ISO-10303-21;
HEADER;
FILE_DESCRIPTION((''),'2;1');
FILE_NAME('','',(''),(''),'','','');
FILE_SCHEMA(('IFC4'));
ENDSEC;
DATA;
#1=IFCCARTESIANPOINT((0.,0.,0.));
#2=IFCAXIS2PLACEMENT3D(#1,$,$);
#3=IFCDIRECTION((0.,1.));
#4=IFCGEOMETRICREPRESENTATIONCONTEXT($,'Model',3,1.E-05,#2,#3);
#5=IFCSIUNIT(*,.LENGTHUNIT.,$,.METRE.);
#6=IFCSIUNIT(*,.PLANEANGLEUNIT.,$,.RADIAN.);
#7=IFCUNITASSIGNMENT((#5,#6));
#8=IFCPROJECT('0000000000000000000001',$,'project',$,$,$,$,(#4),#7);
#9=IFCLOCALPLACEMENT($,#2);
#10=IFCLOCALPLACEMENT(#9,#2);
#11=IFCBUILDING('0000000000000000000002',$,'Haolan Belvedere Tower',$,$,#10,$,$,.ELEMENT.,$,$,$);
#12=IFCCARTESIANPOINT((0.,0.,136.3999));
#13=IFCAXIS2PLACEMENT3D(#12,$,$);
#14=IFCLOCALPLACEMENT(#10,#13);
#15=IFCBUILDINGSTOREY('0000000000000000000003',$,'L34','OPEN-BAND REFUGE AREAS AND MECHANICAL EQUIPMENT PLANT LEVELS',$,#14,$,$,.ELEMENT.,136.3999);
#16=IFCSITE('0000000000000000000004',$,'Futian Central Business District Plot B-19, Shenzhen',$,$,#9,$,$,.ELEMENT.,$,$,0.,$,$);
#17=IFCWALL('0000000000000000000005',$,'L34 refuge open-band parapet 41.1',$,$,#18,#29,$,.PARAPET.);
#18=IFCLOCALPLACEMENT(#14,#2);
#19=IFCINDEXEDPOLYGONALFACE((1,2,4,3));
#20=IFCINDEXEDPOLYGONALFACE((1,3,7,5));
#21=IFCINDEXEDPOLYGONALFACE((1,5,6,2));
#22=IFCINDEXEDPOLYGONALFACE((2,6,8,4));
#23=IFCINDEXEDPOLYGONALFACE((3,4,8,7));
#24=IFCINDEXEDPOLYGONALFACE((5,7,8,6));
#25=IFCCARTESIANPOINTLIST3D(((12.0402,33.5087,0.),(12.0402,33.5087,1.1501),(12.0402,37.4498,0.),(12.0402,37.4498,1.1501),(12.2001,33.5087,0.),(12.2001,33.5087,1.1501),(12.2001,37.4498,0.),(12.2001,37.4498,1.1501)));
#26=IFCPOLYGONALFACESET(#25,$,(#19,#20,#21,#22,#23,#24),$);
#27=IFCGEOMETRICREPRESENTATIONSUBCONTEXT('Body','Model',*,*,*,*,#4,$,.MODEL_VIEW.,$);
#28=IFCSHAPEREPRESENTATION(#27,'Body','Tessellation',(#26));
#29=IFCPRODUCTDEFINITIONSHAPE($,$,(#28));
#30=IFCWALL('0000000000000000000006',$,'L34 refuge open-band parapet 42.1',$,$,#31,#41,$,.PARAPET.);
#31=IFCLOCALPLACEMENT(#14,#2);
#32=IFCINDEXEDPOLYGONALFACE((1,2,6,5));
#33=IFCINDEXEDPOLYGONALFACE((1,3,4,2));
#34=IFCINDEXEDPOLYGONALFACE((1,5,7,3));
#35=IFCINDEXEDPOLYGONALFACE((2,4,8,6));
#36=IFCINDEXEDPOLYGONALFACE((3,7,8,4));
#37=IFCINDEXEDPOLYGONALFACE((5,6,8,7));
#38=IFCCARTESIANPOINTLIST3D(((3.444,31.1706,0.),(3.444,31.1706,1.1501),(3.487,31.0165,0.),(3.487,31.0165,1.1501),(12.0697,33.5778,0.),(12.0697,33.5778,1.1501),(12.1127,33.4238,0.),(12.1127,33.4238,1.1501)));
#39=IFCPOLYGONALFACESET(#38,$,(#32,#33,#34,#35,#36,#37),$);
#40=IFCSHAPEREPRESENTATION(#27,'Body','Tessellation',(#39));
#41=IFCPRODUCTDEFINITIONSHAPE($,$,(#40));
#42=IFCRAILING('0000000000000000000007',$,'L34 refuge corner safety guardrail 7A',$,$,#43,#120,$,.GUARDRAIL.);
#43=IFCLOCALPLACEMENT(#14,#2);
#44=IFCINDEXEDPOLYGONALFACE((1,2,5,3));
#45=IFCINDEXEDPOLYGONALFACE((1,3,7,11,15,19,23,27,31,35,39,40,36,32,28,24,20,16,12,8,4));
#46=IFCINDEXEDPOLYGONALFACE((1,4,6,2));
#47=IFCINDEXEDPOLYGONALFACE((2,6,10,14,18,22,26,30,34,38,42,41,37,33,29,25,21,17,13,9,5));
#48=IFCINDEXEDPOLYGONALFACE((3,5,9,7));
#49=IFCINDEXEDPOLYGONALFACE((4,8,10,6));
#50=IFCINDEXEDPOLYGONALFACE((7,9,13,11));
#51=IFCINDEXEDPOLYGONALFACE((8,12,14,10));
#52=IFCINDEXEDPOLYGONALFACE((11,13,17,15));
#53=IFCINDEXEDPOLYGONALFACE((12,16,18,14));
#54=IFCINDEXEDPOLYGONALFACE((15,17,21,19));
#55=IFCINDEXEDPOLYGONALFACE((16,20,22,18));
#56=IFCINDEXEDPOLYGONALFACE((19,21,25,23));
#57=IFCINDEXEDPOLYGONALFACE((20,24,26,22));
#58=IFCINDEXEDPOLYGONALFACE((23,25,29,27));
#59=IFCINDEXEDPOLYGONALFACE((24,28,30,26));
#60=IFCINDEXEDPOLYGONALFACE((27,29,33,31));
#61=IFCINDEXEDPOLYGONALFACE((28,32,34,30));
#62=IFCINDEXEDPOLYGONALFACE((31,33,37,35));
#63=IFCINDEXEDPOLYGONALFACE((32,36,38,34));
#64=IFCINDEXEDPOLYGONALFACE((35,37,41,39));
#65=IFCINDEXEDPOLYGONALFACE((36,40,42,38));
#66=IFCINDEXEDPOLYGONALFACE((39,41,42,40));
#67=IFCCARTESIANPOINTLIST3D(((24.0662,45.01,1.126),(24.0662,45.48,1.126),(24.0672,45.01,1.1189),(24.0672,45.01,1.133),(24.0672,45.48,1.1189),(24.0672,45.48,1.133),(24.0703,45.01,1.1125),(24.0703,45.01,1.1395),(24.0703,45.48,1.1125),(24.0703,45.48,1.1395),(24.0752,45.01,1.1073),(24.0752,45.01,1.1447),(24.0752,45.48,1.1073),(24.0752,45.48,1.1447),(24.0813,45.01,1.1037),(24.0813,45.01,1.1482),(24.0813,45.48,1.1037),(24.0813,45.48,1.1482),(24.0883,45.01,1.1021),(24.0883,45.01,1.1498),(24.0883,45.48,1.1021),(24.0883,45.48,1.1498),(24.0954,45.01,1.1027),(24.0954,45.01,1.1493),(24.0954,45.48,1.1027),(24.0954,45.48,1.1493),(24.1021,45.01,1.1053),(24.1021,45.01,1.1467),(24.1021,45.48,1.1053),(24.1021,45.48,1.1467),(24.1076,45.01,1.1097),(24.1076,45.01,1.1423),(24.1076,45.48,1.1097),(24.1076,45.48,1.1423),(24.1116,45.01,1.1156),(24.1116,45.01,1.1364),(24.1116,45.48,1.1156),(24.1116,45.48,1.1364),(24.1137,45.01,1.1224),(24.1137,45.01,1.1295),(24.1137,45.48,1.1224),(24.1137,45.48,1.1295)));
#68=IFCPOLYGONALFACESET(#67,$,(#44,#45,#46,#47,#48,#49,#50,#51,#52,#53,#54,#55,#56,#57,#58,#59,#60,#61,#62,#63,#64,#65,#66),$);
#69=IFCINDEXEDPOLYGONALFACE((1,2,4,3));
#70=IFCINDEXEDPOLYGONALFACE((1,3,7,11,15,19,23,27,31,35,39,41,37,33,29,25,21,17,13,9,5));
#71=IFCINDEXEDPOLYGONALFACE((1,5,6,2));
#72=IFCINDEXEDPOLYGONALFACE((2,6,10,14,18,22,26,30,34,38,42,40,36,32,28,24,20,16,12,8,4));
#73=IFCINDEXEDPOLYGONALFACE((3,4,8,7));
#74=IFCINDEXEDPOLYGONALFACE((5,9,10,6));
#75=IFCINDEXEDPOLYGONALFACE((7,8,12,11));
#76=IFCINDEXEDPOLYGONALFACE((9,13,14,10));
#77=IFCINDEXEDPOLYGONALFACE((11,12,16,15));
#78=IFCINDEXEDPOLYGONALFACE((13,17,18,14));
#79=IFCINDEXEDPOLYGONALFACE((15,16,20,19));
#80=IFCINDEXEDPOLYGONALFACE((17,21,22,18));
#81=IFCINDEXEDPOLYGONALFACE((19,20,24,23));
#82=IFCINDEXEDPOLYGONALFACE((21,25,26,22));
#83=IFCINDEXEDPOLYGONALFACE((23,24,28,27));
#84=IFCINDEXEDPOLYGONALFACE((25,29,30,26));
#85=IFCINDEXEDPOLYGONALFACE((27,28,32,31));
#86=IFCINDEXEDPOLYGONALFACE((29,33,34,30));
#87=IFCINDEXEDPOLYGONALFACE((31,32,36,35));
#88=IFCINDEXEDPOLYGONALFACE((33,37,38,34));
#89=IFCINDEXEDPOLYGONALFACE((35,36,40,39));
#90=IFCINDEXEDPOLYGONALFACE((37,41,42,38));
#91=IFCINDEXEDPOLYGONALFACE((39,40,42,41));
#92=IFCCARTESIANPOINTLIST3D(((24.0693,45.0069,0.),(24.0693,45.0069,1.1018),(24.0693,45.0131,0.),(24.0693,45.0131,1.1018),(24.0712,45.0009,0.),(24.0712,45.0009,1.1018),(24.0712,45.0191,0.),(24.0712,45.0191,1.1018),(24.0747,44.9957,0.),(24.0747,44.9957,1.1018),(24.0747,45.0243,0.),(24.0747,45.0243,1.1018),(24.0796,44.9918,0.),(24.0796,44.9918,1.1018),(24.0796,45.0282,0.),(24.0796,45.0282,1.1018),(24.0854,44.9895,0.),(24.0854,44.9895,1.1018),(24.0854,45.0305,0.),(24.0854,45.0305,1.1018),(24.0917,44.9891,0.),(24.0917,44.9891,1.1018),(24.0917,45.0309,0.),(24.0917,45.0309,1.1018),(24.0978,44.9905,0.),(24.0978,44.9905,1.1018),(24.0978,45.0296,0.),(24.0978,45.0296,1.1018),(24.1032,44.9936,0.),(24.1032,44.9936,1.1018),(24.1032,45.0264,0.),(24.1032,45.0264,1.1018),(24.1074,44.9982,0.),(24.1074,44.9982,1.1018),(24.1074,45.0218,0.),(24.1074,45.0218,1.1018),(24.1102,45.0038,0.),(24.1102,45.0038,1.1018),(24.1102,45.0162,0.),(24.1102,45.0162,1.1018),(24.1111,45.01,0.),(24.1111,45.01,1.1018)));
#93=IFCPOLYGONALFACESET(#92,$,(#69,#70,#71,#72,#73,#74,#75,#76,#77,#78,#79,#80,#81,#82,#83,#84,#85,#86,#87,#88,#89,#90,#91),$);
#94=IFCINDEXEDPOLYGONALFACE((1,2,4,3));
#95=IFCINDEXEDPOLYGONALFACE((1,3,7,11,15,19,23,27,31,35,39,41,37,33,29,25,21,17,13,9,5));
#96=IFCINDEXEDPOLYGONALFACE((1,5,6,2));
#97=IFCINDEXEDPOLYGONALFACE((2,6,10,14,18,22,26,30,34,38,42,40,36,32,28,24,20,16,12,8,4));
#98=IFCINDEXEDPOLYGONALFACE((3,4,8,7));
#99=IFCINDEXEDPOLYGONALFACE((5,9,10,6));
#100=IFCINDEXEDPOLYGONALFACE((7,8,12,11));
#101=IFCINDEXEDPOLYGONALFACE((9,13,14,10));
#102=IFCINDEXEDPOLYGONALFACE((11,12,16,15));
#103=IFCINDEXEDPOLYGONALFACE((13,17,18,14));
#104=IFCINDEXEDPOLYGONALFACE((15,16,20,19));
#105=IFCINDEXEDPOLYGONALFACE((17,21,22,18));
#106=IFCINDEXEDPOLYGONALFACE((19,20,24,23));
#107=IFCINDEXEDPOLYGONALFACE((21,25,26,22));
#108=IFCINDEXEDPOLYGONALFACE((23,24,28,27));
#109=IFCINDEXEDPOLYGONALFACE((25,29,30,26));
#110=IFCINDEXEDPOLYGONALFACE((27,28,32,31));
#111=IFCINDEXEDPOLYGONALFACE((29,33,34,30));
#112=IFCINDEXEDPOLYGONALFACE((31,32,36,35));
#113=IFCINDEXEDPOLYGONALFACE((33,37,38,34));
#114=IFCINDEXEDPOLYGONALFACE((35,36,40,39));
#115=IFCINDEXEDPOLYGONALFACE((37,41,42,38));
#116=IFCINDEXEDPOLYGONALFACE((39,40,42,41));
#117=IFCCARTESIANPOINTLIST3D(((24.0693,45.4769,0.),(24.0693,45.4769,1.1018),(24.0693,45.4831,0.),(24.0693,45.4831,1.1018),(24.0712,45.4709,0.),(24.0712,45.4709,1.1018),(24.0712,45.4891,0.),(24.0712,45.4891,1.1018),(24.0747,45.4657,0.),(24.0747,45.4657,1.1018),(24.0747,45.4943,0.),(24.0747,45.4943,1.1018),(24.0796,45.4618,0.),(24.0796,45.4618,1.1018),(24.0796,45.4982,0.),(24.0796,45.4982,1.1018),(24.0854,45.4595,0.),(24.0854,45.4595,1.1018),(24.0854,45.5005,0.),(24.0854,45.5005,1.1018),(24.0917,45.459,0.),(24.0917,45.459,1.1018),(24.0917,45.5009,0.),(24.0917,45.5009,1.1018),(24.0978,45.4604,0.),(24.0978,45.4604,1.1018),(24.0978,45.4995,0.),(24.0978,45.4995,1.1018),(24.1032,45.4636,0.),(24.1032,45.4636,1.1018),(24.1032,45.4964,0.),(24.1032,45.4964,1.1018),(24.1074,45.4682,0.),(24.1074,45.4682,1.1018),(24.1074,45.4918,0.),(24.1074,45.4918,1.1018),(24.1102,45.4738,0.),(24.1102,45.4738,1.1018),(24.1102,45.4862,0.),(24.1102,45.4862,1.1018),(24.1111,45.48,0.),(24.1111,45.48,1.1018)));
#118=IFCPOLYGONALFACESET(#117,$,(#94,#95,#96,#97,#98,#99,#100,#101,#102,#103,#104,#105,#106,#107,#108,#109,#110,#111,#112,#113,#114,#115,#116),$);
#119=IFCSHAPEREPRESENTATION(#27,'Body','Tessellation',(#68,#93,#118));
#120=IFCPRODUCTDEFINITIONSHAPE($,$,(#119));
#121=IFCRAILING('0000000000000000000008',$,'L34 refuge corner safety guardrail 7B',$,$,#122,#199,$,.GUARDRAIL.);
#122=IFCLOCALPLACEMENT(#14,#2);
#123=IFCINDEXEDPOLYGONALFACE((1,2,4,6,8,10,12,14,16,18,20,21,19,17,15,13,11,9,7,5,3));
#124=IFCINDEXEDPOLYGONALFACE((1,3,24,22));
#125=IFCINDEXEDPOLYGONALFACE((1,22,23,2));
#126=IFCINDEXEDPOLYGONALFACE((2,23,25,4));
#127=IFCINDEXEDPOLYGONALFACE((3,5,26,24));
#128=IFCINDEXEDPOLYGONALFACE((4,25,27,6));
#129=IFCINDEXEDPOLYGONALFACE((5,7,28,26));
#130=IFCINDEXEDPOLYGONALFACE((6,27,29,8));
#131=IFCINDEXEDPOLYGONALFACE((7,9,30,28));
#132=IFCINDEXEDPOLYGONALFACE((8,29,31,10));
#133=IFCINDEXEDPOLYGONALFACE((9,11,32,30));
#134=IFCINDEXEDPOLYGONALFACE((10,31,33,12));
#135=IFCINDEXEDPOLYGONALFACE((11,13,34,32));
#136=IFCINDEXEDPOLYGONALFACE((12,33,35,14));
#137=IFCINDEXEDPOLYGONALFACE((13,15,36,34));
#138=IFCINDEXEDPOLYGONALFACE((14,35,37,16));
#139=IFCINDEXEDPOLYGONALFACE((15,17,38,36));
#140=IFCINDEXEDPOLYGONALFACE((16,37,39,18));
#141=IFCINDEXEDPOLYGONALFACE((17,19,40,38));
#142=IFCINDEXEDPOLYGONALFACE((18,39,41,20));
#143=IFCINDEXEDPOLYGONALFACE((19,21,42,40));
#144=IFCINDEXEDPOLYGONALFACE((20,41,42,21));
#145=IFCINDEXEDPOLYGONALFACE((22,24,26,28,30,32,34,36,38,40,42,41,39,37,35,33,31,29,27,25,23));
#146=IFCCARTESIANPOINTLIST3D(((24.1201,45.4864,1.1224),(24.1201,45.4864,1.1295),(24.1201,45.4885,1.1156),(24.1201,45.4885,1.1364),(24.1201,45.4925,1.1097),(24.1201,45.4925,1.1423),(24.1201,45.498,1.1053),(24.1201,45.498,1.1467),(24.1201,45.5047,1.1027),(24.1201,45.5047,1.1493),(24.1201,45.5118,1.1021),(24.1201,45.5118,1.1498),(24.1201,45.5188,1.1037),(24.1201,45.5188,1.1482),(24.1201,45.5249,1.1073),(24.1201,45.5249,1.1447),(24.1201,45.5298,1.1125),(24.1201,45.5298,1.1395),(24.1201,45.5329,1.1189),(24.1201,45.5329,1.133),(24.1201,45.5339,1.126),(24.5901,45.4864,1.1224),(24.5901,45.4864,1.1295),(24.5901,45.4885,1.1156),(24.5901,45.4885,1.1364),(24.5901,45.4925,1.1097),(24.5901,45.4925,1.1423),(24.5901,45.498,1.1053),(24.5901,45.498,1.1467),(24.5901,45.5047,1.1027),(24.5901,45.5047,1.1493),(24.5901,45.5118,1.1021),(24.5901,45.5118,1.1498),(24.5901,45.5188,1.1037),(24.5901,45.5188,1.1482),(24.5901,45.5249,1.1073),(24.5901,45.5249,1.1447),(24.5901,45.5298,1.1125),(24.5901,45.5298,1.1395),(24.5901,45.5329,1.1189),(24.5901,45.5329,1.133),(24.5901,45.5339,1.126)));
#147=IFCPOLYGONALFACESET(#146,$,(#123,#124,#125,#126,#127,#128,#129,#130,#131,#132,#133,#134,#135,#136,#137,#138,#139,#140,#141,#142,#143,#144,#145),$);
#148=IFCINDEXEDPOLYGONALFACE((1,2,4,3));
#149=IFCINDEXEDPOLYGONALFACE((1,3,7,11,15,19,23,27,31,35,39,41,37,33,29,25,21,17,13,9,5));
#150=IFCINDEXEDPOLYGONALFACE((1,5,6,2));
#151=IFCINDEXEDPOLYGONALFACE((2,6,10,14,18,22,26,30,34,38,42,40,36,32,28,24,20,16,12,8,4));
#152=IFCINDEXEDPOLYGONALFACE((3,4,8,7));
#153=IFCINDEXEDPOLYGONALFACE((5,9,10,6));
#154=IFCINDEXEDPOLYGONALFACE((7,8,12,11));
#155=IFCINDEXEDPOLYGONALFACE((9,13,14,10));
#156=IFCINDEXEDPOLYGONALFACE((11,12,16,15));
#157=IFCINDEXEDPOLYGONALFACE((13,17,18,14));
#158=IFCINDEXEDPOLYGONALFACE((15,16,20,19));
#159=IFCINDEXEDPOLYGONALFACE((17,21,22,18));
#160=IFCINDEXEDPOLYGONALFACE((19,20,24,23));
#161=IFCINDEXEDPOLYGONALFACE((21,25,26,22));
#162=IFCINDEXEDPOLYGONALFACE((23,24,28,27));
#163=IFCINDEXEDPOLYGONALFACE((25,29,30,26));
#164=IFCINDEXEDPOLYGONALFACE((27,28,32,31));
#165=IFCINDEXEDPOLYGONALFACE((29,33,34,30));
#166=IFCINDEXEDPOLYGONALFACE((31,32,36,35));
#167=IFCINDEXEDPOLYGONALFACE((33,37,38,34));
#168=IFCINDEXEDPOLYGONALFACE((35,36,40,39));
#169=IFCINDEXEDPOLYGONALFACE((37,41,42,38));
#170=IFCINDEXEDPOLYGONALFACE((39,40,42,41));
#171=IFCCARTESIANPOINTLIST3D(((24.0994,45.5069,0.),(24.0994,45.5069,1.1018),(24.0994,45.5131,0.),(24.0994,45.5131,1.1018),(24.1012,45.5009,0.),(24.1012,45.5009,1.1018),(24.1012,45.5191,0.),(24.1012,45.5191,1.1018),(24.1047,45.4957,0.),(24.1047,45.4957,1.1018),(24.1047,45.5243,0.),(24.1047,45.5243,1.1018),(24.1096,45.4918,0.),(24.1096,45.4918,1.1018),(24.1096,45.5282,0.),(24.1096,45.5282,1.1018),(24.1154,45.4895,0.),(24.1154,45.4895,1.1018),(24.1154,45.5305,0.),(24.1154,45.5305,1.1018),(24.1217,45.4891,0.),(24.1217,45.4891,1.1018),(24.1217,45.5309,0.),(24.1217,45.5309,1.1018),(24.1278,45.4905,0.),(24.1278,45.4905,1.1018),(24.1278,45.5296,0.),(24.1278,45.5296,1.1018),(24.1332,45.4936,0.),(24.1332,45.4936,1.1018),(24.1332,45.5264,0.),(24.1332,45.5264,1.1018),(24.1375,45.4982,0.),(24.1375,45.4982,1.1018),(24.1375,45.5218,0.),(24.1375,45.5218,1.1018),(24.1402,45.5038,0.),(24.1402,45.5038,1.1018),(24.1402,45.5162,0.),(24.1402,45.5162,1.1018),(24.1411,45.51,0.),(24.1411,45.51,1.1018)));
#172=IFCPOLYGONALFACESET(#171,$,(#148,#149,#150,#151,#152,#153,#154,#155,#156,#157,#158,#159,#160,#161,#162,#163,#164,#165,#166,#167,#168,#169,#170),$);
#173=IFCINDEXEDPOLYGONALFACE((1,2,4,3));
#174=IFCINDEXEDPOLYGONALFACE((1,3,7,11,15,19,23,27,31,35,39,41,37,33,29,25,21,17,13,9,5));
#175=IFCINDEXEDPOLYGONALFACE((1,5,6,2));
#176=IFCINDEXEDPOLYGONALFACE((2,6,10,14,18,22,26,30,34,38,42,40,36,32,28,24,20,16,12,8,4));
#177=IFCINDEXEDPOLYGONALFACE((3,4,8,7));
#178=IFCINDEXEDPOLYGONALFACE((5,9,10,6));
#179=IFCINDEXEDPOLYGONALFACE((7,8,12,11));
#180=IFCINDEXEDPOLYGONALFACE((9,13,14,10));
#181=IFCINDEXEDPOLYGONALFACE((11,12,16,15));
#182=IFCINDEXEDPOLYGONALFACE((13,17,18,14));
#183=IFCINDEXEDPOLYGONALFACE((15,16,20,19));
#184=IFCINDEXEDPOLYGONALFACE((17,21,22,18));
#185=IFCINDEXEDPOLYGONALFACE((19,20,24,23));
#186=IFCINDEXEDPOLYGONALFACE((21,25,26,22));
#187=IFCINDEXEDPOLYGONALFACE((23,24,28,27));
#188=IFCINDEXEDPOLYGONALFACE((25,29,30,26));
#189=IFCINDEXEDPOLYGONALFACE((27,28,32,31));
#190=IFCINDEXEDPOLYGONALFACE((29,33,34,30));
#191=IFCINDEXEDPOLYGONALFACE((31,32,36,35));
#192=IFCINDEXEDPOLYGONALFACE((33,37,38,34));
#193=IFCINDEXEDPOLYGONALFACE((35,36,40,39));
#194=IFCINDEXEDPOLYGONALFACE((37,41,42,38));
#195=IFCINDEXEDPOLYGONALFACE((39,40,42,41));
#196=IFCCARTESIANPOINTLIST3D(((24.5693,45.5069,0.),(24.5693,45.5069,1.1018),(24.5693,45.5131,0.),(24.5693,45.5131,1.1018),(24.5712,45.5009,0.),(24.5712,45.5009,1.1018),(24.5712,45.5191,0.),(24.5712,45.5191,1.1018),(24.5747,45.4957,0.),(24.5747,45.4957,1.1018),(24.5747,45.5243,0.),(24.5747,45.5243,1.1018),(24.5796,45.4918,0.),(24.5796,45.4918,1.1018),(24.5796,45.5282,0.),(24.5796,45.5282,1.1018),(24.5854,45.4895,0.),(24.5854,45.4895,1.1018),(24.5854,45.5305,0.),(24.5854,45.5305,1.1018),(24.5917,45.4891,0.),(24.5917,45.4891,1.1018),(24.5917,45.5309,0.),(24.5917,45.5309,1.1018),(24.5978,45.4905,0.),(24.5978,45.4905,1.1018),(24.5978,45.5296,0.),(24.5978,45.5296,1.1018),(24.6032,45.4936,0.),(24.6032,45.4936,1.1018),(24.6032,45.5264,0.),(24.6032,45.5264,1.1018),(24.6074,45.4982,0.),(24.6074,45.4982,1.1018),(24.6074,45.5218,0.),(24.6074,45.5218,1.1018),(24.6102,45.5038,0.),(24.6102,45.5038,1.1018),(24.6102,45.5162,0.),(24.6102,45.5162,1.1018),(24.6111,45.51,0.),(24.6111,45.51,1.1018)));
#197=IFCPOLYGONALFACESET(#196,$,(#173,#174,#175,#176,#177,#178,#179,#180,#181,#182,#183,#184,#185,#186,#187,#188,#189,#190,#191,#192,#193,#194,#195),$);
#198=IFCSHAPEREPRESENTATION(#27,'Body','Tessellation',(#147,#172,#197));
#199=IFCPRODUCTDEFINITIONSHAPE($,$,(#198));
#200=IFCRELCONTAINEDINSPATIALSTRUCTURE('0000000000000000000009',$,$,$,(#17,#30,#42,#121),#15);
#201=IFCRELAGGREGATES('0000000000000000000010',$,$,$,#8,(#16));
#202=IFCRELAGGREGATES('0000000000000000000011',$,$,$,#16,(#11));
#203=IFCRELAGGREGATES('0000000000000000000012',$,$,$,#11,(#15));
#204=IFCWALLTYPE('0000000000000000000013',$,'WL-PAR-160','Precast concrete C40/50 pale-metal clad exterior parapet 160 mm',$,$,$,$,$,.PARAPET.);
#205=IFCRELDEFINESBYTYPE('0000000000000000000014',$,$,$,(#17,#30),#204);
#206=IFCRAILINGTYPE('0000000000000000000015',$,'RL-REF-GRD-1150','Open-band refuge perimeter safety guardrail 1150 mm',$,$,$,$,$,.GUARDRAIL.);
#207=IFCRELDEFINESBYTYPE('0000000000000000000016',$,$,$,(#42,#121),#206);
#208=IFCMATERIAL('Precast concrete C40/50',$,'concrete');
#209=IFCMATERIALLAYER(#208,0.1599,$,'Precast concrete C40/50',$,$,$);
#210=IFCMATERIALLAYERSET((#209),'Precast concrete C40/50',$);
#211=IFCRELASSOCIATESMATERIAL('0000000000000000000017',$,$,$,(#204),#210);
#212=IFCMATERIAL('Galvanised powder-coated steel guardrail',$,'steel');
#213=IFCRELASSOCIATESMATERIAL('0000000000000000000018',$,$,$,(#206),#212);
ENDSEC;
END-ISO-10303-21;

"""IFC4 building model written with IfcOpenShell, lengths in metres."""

from ifc_helpers import new_model, si_unit, direction, frame, frame_2d, origin, origin_2d, place, context, subcontext, project, spatial, rectangle, circle, extrude, material, layer, layer_set, type_object, element, save


model = new_model("IFC4")

# Units and contexts
model_context = context("Model", 3, precision=1e-05, world=origin(), true_north=direction((0.0, 1.0)))
body_context = subcontext(model_context, "Body", "Model", "MODEL_VIEW")
ifc_project = project(units=[si_unit("LENGTHUNIT", "METRE"), si_unit("PLANEANGLEUNIT", "RADIAN")], contexts=[model_context])

# Site, building, storey
site_placement = place(None, origin())
site = spatial("IfcSite", under=ifc_project, at=site_placement, Name="Futian Central Business District Plot B-19, Shenzhen", CompositionType="ELEMENT", RefElevation=0.0)
building_placement = place(site_placement, origin())
building = spatial("IfcBuilding", under=site, at=building_placement, Name="Haolan Belvedere Tower", CompositionType="ELEMENT")
storey_placement = place(building_placement, frame((0.0, 0.0, 136.3999)))
storey = spatial("IfcBuildingStorey", under=building, at=storey_placement, Name="L34", Description="OPEN-BAND REFUGE AREAS AND MECHANICAL EQUIPMENT PLANT LEVELS", CompositionType="ELEMENT", Elevation=136.3999)

# Walls
ifc_material_1 = material(Name="Precast concrete C40/50", Category="concrete")
ifc_layer_1 = layer(ifc_material_1, 0.1599, Name="Precast concrete C40/50")
ifc_layer_set_1 = layer_set([ifc_layer_1], Name="Precast concrete C40/50")
wall_type_1 = type_object("IfcWallType", Name="WL-PAR-160", Description="Precast concrete C40/50 pale-metal clad exterior parapet 160 mm", PredefinedType="PARAPET", material=ifc_layer_set_1)
wall_1_placement = place(storey_placement, frame((12.1201, 37.45, 0.0), z_axis=(0.0, 0.0, 1.0), x_axis=(0.0, -1.0, 0.0)))
element("IfcWall", 1, at=wall_1_placement, inside=storey, type_object=wall_type_1, Name="L34 refuge open-band parapet 41.1", PredefinedType="PARAPET", context=body_context, shape_type="SweptSolid", body=[
    extrude(rectangle(XDim=3.9412, YDim=0.1599, at=frame_2d((1.9707, 0.0))), origin(), (0.0, 0.0, 1.0), 1.1501),
])
wall_2_placement = place(storey_placement, frame((12.0911, 33.5007, 0.0), z_axis=(0.0, 0.0, 1.0), x_axis=(-0.963195, -0.268804, 0.0)))
element("IfcWall", 2, at=wall_2_placement, inside=storey, type_object=wall_type_1, Name="L34 refuge open-band parapet 42.1", PredefinedType="PARAPET", context=body_context, shape_type="SweptSolid", body=[
    extrude(rectangle(XDim=8.9553, YDim=0.1599, at=frame_2d((4.4775, 0.0))), origin(), (0.0, 0.0, 1.0), 1.1501),
])

# Railings
ifc_material_2 = material(Name="Galvanised powder-coated steel guardrail", Category="steel")
railing_type = type_object("IfcRailingType", Name="RL-REF-GRD-1150", Description="Open-band refuge perimeter safety guardrail 1150 mm", PredefinedType="GUARDRAIL", material=ifc_material_2)
railing_1_placement = place(storey_placement, frame((24.0901, 45.01, 0.0)))
element("IfcRailing", 3, at=railing_1_placement, inside=storey, type_object=railing_type, Name="L34 refuge corner safety guardrail 7A", PredefinedType="GUARDRAIL", context=body_context, shape_type="SweptSolid", body=[
    extrude(circle(Radius=0.0239, at=origin_2d()), frame((0.0, 0.0, 1.126), z_axis=(0.0, 1.0, 0.0), x_axis=(-1.0, 0.0, 0.0)), (0.0, 0.0, 1.0), 0.47),
    extrude(circle(Radius=0.021, at=origin_2d()), origin(), (0.0, 0.0, 1.0), 1.1018),
    extrude(circle(Radius=0.021, at=origin_2d()), frame((0.0, 0.47, 0.0)), (0.0, 0.0, 1.0), 1.1018),
])
railing_2_placement = place(storey_placement, frame((24.1201, 45.51, 0.0)))
element("IfcRailing", 4, at=railing_2_placement, inside=storey, type_object=railing_type, Name="L34 refuge corner safety guardrail 7B", PredefinedType="GUARDRAIL", context=body_context, shape_type="SweptSolid", body=[
    extrude(circle(Radius=0.0239, at=origin_2d()), frame((0.0, 0.0, 1.126), z_axis=(1.0, 0.0, 0.0), x_axis=(0.0, 1.0, 0.0)), (0.0, 0.0, 1.0), 0.47),
    extrude(circle(Radius=0.021, at=origin_2d()), origin(), (0.0, 0.0, 1.0), 1.1018),
    extrude(circle(Radius=0.021, at=origin_2d()), frame((0.47, 0.0, 0.0)), (0.0, 0.0, 1.0), 1.1018),
])

save(model, "model.ifc")
